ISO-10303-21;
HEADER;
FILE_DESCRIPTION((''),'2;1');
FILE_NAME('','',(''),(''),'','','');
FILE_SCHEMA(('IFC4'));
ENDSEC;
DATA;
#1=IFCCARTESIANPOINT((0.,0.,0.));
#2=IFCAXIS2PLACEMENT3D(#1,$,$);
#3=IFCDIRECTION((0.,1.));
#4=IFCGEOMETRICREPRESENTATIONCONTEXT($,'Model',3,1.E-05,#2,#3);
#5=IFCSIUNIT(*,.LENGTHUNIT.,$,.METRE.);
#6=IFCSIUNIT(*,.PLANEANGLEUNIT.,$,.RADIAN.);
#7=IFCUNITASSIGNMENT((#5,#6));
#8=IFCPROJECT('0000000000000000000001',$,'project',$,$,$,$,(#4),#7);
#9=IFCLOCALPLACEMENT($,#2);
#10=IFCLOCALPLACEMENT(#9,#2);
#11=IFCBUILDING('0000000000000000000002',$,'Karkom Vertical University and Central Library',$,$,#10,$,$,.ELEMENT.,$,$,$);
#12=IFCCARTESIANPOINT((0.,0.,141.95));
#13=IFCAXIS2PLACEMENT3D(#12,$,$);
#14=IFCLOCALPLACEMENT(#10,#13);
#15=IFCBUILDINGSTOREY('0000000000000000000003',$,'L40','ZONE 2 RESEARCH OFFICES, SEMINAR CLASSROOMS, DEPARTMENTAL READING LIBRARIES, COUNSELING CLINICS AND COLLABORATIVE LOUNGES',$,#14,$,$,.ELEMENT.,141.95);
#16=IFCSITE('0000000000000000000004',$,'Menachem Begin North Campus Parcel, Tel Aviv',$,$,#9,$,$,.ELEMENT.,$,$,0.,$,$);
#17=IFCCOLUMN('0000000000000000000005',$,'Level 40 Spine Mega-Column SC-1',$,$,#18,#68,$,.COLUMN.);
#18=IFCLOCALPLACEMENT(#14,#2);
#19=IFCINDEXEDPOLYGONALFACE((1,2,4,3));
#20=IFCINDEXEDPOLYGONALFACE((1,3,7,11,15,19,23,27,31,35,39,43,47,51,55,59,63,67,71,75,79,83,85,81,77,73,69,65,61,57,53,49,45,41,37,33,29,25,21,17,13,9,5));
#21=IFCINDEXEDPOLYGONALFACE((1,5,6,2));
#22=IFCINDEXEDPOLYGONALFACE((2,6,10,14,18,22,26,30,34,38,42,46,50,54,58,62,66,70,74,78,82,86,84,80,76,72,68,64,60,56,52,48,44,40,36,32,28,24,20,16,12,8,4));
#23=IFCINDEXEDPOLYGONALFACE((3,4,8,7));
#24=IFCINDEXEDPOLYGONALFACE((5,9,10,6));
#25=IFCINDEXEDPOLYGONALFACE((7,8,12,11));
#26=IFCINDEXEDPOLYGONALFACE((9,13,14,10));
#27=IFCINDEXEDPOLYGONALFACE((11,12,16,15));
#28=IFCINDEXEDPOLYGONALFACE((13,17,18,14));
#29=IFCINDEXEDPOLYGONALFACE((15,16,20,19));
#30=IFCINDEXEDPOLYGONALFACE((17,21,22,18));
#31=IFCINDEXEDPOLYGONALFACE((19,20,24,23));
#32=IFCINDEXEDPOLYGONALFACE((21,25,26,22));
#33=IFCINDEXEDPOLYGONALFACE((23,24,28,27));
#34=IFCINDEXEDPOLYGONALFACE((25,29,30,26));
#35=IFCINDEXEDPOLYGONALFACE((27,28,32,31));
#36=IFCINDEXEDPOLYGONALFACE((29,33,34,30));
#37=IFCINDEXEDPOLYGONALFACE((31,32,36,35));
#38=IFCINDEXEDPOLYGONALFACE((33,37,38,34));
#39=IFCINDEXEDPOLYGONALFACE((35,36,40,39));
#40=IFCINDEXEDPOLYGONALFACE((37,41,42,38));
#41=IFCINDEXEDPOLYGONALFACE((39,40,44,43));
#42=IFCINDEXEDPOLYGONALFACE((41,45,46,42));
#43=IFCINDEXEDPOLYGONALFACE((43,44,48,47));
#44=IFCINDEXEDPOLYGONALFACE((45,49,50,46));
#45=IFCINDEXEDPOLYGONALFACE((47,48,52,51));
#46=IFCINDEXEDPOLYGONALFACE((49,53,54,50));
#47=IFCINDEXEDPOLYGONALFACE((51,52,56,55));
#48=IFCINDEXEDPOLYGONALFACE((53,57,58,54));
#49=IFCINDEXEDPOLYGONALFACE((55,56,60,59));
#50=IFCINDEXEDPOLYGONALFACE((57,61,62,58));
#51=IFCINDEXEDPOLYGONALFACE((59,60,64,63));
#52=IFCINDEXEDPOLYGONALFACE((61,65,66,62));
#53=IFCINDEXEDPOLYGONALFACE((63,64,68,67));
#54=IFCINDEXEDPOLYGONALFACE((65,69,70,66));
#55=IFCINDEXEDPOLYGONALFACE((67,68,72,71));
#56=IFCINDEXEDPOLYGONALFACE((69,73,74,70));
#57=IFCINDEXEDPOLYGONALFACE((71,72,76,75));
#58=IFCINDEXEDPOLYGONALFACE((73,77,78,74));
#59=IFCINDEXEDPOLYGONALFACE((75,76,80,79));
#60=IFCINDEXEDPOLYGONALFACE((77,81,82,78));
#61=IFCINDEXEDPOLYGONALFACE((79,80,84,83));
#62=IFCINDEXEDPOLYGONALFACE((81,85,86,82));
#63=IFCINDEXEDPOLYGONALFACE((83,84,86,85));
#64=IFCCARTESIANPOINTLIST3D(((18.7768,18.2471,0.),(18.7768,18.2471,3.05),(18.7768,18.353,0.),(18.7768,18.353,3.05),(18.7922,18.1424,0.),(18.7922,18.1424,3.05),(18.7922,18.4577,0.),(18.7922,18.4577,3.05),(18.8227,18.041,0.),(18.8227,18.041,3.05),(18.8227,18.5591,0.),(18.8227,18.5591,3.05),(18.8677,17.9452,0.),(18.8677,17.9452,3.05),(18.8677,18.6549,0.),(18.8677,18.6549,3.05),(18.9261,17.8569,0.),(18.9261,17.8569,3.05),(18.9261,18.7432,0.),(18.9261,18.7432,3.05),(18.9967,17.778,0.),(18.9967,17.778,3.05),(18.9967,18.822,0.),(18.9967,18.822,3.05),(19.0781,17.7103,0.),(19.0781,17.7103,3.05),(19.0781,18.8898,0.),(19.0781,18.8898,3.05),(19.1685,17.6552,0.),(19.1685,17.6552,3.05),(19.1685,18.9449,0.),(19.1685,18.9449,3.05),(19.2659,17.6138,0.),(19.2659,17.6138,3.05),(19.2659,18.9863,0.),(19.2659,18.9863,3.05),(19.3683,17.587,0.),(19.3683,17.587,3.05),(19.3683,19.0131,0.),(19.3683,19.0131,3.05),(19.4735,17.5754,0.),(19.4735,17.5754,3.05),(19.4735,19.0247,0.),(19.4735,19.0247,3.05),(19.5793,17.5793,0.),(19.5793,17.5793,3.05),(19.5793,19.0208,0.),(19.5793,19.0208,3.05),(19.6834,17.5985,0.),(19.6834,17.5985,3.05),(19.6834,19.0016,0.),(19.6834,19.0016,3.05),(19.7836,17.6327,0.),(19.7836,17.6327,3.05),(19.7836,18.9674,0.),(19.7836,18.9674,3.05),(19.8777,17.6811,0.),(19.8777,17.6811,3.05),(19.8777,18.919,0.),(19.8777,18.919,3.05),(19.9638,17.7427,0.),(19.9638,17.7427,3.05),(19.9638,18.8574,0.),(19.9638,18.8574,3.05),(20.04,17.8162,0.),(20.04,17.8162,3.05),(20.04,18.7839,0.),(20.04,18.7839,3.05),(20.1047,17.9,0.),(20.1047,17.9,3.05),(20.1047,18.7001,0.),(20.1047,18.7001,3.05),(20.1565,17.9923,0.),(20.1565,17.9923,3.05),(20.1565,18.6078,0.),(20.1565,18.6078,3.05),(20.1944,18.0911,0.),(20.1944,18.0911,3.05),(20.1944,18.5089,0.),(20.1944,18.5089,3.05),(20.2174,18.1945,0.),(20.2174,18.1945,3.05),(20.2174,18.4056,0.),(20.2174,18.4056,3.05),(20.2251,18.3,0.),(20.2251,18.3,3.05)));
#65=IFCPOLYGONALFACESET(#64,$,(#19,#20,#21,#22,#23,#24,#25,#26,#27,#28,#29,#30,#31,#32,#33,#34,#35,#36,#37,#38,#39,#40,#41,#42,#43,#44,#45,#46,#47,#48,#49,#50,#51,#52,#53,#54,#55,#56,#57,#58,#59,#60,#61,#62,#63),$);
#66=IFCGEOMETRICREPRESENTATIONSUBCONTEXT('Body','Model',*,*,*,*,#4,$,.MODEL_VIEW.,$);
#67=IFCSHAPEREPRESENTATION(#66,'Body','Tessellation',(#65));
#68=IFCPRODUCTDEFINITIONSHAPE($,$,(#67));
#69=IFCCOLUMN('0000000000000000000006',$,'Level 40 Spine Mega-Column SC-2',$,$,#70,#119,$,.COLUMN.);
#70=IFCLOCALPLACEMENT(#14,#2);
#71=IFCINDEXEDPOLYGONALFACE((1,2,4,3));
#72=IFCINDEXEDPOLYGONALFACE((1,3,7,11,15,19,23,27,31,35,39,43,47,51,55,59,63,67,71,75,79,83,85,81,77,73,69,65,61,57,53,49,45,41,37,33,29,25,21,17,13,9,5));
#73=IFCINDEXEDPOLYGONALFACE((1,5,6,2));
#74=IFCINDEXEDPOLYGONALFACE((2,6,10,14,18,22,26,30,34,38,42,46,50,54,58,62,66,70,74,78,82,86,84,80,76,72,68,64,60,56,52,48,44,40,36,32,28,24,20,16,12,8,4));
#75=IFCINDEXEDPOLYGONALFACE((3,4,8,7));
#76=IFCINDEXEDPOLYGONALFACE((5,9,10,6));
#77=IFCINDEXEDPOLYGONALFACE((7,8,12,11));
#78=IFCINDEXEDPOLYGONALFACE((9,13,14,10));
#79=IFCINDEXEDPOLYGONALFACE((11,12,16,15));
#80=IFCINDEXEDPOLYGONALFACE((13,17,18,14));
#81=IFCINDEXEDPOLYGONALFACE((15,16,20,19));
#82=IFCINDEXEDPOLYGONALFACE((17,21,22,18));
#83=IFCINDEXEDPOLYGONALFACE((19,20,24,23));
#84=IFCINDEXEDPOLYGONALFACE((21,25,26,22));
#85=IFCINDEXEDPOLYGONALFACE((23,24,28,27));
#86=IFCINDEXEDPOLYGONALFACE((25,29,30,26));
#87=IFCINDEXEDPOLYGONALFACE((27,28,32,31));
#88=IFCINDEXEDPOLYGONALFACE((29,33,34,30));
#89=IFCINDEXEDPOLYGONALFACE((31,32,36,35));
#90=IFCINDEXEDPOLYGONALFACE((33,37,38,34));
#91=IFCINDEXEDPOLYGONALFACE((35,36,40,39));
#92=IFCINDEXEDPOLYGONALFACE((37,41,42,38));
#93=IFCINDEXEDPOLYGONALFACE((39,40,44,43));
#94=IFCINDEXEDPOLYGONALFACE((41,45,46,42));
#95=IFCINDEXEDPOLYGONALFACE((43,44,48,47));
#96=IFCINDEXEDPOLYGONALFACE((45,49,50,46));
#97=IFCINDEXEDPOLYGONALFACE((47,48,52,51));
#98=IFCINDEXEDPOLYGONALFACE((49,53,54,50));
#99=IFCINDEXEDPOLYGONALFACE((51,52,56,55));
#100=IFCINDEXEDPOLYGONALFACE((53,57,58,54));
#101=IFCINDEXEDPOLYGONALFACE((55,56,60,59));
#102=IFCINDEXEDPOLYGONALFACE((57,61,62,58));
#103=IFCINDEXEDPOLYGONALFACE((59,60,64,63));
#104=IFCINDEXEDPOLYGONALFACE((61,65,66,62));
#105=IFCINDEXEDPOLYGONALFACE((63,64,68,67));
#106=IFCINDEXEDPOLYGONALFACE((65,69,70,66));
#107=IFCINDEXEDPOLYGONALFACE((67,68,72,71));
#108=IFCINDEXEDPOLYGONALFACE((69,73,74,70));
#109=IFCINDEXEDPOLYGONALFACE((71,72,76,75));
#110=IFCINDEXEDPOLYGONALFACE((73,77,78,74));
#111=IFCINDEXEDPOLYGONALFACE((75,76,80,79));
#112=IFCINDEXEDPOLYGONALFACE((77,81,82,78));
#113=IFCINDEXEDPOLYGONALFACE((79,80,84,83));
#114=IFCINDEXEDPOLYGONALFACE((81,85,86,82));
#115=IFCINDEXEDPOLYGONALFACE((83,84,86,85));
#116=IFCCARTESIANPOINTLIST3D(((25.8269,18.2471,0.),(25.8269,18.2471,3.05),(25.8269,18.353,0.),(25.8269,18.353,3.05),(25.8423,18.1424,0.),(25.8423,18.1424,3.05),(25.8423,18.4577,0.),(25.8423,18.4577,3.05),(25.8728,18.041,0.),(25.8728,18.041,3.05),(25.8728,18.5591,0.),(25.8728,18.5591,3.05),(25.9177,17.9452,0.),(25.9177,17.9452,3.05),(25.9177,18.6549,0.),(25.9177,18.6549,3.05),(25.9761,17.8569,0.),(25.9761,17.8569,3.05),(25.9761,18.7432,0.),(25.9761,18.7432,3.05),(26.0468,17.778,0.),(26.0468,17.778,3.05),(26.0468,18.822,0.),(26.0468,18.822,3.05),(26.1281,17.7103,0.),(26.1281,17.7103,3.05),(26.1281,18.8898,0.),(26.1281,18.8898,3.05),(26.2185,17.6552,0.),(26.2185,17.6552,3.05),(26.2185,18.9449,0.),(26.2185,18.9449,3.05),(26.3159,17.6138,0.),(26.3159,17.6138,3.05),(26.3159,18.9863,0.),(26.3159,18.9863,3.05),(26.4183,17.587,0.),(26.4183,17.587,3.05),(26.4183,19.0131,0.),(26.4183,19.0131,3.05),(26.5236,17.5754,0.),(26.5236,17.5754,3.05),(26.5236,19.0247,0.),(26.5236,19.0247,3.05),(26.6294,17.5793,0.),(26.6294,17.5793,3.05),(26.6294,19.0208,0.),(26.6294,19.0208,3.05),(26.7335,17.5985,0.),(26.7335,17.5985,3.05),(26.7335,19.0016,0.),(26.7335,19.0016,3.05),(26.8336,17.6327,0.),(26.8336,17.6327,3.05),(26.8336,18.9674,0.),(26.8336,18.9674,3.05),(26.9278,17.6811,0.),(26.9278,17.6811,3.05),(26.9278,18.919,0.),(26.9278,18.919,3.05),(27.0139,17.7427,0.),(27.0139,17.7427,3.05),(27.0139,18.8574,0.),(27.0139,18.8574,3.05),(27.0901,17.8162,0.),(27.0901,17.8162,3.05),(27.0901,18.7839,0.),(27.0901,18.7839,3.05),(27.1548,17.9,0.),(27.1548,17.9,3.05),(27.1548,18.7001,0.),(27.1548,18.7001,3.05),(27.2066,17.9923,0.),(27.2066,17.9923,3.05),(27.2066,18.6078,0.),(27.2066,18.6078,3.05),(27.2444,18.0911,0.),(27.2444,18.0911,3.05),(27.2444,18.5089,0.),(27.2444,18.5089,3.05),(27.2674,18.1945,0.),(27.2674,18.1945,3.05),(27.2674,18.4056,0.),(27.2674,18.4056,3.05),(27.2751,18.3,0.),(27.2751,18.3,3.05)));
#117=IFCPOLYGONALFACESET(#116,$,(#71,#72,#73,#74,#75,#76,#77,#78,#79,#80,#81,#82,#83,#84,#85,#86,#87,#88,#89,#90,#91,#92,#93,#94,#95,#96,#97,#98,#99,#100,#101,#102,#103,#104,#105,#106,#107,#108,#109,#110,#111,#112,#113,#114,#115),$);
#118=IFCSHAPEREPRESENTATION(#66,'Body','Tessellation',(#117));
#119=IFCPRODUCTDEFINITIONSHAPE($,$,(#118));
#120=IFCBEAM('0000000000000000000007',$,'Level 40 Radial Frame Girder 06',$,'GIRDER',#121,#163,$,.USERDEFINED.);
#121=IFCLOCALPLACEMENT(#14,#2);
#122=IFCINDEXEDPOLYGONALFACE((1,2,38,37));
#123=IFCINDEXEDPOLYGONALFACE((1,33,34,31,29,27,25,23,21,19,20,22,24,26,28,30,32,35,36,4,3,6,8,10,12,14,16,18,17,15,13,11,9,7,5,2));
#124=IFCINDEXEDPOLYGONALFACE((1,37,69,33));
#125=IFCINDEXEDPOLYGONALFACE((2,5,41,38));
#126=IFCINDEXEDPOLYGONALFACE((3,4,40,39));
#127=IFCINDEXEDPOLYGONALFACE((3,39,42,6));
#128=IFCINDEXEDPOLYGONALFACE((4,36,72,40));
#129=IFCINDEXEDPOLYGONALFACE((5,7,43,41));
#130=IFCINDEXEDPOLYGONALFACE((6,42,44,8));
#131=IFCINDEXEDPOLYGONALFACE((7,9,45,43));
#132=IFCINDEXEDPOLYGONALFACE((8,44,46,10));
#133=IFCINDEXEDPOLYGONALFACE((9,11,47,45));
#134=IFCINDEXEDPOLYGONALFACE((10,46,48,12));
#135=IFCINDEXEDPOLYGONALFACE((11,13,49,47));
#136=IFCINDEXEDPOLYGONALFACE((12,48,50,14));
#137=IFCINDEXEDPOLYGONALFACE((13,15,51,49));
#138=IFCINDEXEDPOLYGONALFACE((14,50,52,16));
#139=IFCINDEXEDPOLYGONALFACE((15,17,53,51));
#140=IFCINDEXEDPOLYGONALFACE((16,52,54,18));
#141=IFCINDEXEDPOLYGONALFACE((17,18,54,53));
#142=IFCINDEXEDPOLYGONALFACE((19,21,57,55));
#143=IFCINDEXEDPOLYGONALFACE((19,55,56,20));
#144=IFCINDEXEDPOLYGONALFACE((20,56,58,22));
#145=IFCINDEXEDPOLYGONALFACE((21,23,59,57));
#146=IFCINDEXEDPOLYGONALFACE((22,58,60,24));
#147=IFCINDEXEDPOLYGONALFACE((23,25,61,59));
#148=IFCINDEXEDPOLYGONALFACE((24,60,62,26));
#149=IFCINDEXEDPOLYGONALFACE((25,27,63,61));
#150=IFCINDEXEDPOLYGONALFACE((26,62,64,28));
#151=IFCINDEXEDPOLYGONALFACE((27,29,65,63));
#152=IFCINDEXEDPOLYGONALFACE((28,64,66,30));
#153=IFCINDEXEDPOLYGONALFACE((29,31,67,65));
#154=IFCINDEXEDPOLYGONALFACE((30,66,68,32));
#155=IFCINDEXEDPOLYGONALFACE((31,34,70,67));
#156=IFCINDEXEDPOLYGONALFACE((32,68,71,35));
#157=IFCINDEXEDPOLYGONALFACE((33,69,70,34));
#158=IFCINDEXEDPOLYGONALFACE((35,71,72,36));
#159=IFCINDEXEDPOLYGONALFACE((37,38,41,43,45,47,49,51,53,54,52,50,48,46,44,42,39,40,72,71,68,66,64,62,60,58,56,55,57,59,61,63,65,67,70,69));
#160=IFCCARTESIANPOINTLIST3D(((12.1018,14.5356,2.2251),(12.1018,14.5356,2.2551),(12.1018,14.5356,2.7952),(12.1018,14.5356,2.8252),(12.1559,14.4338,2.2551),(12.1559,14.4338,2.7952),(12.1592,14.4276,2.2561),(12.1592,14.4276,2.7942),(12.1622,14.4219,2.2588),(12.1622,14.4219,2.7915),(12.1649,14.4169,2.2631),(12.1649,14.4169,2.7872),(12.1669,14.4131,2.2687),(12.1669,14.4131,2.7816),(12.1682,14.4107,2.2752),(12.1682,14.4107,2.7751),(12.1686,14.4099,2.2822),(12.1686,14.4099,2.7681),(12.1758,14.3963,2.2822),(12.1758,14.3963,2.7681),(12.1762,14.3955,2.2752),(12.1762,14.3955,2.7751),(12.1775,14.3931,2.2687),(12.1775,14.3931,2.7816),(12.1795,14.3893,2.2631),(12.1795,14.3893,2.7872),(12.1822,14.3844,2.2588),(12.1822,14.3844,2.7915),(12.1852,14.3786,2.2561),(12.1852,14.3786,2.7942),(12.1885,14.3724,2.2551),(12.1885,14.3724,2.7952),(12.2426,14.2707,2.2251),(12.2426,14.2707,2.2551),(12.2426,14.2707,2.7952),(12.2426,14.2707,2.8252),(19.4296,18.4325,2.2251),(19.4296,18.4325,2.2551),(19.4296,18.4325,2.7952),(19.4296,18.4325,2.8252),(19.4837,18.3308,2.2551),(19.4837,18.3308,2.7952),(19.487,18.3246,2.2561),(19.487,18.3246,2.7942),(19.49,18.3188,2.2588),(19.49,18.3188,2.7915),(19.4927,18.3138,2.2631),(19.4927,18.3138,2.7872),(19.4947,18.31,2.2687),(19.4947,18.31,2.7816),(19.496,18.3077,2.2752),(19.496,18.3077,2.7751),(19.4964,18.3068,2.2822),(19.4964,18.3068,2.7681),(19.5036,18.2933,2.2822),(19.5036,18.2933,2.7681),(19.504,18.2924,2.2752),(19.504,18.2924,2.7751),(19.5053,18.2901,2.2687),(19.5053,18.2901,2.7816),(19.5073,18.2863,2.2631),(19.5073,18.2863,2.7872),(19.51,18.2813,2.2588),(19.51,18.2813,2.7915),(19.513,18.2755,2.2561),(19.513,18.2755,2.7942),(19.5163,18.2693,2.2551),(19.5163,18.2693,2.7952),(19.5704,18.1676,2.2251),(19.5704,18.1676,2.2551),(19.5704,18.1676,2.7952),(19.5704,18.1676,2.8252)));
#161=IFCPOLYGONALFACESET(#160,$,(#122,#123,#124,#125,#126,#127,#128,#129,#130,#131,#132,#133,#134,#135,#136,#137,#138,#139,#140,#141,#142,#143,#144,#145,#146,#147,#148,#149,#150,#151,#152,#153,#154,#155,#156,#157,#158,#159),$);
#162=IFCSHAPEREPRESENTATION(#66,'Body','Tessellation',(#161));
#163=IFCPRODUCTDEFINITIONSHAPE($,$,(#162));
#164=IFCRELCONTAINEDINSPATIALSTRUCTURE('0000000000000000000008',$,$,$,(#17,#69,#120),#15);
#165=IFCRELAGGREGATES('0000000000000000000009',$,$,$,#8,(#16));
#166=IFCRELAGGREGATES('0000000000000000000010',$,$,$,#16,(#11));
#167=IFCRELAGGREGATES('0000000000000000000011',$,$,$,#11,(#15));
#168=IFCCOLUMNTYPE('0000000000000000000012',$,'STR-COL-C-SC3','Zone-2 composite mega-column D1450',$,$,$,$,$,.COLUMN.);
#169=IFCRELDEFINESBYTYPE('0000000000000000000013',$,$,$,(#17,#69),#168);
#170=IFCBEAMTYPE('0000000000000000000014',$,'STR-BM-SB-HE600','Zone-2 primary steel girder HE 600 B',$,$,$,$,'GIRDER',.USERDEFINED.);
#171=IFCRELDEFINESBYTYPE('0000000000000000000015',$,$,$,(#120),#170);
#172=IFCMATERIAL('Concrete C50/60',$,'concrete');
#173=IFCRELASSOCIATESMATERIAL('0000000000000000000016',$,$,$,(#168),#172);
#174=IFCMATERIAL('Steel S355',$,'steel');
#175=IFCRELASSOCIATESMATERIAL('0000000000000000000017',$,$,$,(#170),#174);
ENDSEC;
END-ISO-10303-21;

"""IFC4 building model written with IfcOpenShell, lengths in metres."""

from ifc_helpers import new_model, si_unit, direction, frame, origin, origin_with_axes, origin_2d, place, context, subcontext, project, spatial, circle, i_section, extrude, source, transform, mapped, material, material_profile, profile_set, type_object, element, save


model = new_model("IFC4")

# Units and contexts
model_context = context("Model", 3, precision=1e-05, world=origin(), true_north=direction((0.0, 1.0)))
body_context = subcontext(model_context, "Body", "Model", "MODEL_VIEW")
ifc_project = project(units=[si_unit("LENGTHUNIT", "METRE"), si_unit("PLANEANGLEUNIT", "RADIAN")], contexts=[model_context])

# Site, building, storey
site_placement = place(None, origin())
site = spatial("IfcSite", under=ifc_project, at=site_placement, Name="Menachem Begin North Campus Parcel, Tel Aviv", CompositionType="ELEMENT", RefElevation=0.0)
building_placement = place(site_placement, origin())
building = spatial("IfcBuilding", under=site, at=building_placement, Name="Karkom Vertical University and Central Library", CompositionType="ELEMENT")
storey_placement = place(building_placement, frame((0.0, 0.0, 141.95)))
storey = spatial("IfcBuildingStorey", under=building, at=storey_placement, Name="L40", Description="ZONE 2 RESEARCH OFFICES, SEMINAR CLASSROOMS, DEPARTMENTAL READING LIBRARIES, COUNSELING CLINICS AND COLLABORATIVE LOUNGES", CompositionType="ELEMENT", Elevation=141.95)

# Columns
ifc_material_1 = material(Name="Concrete C50/60", Category="concrete")
ifc_material_profile_1 = material_profile(ifc_material_1, circle(Radius=0.7251, at=origin_2d()), Name="CFT-D1450")
ifc_profile_set_1 = profile_set([ifc_material_profile_1], Name="Concrete C50/60")
column_type = type_object("IfcColumnType", Name="STR-COL-C-SC3", Description="Zone-2 composite mega-column D1450", PredefinedType="COLUMN", material=ifc_profile_set_1)
shared_shape_1 = source(origin_with_axes(), body_context, "Body", "SweptSolid", [
    extrude(circle(Radius=0.7251, at=origin_2d()), origin(), (0.0, 0.0, 1.0), 3.05),
])
for number, where, z_axis, x_axis, name in (
    (1, (19.5, 18.3, 0.0), (0.0, 0.0, 1.0), (1.0, 0.0, 0.0), "Level 40 Spine Mega-Column SC-1"),
    (2, (26.55, 18.3, 0.0), (0.0, 0.0, 1.0), (1.0, 0.0, 0.0), "Level 40 Spine Mega-Column SC-2"),
):
    element("IfcColumn", number, at=place(storey_placement, frame(where, z_axis=z_axis, x_axis=x_axis)), inside=storey, type_object=column_type, Name=name, PredefinedType="COLUMN", context=body_context, shape_type="MappedRepresentation", body=[
        mapped(shared_shape_1, transform((0.0, 0.0, 0.0), scale=1.0)),
    ])

# Beam
ifc_material_2 = material(Name="Steel S355", Category="steel")
ifc_material_profile_2 = material_profile(ifc_material_2, i_section(OverallWidth=0.3, OverallDepth=0.6001, WebThickness=0.0154, FlangeThickness=0.03, FilletRadius=0.0271, at=origin_2d()), Name="HE 600 B")
ifc_profile_set_2 = profile_set([ifc_material_profile_2], Name="Steel S355")
beam_type = type_object("IfcBeamType", Name="STR-BM-SB-HE600", Description="Zone-2 primary steel girder HE 600 B", ElementType="GIRDER", PredefinedType="USERDEFINED", material=ifc_profile_set_2)
shared_shape_2 = source(origin_with_axes(), body_context, "Body", "SweptSolid", [
    extrude(i_section(OverallWidth=0.3, OverallDepth=0.6001, WebThickness=0.0154, FlangeThickness=0.03, FilletRadius=0.0271, at=origin_2d()), origin(), (0.0, 0.0, 1.0), 8.2996),
])
beam_1_placement = place(storey_placement, frame((19.5, 18.3, 2.5251), z_axis=(-0.882914, -0.469534, 0.0), x_axis=(0.469534, -0.882914, 0.0)))
element("IfcBeam", 3, at=beam_1_placement, inside=storey, type_object=beam_type, Name="Level 40 Radial Frame Girder 06", ObjectType="GIRDER", PredefinedType="USERDEFINED", context=body_context, shape_type="MappedRepresentation", body=[
    mapped(shared_shape_2, transform((0.0, 0.0, 0.0), scale=1.0)),
])

save(model, "model.ifc")
